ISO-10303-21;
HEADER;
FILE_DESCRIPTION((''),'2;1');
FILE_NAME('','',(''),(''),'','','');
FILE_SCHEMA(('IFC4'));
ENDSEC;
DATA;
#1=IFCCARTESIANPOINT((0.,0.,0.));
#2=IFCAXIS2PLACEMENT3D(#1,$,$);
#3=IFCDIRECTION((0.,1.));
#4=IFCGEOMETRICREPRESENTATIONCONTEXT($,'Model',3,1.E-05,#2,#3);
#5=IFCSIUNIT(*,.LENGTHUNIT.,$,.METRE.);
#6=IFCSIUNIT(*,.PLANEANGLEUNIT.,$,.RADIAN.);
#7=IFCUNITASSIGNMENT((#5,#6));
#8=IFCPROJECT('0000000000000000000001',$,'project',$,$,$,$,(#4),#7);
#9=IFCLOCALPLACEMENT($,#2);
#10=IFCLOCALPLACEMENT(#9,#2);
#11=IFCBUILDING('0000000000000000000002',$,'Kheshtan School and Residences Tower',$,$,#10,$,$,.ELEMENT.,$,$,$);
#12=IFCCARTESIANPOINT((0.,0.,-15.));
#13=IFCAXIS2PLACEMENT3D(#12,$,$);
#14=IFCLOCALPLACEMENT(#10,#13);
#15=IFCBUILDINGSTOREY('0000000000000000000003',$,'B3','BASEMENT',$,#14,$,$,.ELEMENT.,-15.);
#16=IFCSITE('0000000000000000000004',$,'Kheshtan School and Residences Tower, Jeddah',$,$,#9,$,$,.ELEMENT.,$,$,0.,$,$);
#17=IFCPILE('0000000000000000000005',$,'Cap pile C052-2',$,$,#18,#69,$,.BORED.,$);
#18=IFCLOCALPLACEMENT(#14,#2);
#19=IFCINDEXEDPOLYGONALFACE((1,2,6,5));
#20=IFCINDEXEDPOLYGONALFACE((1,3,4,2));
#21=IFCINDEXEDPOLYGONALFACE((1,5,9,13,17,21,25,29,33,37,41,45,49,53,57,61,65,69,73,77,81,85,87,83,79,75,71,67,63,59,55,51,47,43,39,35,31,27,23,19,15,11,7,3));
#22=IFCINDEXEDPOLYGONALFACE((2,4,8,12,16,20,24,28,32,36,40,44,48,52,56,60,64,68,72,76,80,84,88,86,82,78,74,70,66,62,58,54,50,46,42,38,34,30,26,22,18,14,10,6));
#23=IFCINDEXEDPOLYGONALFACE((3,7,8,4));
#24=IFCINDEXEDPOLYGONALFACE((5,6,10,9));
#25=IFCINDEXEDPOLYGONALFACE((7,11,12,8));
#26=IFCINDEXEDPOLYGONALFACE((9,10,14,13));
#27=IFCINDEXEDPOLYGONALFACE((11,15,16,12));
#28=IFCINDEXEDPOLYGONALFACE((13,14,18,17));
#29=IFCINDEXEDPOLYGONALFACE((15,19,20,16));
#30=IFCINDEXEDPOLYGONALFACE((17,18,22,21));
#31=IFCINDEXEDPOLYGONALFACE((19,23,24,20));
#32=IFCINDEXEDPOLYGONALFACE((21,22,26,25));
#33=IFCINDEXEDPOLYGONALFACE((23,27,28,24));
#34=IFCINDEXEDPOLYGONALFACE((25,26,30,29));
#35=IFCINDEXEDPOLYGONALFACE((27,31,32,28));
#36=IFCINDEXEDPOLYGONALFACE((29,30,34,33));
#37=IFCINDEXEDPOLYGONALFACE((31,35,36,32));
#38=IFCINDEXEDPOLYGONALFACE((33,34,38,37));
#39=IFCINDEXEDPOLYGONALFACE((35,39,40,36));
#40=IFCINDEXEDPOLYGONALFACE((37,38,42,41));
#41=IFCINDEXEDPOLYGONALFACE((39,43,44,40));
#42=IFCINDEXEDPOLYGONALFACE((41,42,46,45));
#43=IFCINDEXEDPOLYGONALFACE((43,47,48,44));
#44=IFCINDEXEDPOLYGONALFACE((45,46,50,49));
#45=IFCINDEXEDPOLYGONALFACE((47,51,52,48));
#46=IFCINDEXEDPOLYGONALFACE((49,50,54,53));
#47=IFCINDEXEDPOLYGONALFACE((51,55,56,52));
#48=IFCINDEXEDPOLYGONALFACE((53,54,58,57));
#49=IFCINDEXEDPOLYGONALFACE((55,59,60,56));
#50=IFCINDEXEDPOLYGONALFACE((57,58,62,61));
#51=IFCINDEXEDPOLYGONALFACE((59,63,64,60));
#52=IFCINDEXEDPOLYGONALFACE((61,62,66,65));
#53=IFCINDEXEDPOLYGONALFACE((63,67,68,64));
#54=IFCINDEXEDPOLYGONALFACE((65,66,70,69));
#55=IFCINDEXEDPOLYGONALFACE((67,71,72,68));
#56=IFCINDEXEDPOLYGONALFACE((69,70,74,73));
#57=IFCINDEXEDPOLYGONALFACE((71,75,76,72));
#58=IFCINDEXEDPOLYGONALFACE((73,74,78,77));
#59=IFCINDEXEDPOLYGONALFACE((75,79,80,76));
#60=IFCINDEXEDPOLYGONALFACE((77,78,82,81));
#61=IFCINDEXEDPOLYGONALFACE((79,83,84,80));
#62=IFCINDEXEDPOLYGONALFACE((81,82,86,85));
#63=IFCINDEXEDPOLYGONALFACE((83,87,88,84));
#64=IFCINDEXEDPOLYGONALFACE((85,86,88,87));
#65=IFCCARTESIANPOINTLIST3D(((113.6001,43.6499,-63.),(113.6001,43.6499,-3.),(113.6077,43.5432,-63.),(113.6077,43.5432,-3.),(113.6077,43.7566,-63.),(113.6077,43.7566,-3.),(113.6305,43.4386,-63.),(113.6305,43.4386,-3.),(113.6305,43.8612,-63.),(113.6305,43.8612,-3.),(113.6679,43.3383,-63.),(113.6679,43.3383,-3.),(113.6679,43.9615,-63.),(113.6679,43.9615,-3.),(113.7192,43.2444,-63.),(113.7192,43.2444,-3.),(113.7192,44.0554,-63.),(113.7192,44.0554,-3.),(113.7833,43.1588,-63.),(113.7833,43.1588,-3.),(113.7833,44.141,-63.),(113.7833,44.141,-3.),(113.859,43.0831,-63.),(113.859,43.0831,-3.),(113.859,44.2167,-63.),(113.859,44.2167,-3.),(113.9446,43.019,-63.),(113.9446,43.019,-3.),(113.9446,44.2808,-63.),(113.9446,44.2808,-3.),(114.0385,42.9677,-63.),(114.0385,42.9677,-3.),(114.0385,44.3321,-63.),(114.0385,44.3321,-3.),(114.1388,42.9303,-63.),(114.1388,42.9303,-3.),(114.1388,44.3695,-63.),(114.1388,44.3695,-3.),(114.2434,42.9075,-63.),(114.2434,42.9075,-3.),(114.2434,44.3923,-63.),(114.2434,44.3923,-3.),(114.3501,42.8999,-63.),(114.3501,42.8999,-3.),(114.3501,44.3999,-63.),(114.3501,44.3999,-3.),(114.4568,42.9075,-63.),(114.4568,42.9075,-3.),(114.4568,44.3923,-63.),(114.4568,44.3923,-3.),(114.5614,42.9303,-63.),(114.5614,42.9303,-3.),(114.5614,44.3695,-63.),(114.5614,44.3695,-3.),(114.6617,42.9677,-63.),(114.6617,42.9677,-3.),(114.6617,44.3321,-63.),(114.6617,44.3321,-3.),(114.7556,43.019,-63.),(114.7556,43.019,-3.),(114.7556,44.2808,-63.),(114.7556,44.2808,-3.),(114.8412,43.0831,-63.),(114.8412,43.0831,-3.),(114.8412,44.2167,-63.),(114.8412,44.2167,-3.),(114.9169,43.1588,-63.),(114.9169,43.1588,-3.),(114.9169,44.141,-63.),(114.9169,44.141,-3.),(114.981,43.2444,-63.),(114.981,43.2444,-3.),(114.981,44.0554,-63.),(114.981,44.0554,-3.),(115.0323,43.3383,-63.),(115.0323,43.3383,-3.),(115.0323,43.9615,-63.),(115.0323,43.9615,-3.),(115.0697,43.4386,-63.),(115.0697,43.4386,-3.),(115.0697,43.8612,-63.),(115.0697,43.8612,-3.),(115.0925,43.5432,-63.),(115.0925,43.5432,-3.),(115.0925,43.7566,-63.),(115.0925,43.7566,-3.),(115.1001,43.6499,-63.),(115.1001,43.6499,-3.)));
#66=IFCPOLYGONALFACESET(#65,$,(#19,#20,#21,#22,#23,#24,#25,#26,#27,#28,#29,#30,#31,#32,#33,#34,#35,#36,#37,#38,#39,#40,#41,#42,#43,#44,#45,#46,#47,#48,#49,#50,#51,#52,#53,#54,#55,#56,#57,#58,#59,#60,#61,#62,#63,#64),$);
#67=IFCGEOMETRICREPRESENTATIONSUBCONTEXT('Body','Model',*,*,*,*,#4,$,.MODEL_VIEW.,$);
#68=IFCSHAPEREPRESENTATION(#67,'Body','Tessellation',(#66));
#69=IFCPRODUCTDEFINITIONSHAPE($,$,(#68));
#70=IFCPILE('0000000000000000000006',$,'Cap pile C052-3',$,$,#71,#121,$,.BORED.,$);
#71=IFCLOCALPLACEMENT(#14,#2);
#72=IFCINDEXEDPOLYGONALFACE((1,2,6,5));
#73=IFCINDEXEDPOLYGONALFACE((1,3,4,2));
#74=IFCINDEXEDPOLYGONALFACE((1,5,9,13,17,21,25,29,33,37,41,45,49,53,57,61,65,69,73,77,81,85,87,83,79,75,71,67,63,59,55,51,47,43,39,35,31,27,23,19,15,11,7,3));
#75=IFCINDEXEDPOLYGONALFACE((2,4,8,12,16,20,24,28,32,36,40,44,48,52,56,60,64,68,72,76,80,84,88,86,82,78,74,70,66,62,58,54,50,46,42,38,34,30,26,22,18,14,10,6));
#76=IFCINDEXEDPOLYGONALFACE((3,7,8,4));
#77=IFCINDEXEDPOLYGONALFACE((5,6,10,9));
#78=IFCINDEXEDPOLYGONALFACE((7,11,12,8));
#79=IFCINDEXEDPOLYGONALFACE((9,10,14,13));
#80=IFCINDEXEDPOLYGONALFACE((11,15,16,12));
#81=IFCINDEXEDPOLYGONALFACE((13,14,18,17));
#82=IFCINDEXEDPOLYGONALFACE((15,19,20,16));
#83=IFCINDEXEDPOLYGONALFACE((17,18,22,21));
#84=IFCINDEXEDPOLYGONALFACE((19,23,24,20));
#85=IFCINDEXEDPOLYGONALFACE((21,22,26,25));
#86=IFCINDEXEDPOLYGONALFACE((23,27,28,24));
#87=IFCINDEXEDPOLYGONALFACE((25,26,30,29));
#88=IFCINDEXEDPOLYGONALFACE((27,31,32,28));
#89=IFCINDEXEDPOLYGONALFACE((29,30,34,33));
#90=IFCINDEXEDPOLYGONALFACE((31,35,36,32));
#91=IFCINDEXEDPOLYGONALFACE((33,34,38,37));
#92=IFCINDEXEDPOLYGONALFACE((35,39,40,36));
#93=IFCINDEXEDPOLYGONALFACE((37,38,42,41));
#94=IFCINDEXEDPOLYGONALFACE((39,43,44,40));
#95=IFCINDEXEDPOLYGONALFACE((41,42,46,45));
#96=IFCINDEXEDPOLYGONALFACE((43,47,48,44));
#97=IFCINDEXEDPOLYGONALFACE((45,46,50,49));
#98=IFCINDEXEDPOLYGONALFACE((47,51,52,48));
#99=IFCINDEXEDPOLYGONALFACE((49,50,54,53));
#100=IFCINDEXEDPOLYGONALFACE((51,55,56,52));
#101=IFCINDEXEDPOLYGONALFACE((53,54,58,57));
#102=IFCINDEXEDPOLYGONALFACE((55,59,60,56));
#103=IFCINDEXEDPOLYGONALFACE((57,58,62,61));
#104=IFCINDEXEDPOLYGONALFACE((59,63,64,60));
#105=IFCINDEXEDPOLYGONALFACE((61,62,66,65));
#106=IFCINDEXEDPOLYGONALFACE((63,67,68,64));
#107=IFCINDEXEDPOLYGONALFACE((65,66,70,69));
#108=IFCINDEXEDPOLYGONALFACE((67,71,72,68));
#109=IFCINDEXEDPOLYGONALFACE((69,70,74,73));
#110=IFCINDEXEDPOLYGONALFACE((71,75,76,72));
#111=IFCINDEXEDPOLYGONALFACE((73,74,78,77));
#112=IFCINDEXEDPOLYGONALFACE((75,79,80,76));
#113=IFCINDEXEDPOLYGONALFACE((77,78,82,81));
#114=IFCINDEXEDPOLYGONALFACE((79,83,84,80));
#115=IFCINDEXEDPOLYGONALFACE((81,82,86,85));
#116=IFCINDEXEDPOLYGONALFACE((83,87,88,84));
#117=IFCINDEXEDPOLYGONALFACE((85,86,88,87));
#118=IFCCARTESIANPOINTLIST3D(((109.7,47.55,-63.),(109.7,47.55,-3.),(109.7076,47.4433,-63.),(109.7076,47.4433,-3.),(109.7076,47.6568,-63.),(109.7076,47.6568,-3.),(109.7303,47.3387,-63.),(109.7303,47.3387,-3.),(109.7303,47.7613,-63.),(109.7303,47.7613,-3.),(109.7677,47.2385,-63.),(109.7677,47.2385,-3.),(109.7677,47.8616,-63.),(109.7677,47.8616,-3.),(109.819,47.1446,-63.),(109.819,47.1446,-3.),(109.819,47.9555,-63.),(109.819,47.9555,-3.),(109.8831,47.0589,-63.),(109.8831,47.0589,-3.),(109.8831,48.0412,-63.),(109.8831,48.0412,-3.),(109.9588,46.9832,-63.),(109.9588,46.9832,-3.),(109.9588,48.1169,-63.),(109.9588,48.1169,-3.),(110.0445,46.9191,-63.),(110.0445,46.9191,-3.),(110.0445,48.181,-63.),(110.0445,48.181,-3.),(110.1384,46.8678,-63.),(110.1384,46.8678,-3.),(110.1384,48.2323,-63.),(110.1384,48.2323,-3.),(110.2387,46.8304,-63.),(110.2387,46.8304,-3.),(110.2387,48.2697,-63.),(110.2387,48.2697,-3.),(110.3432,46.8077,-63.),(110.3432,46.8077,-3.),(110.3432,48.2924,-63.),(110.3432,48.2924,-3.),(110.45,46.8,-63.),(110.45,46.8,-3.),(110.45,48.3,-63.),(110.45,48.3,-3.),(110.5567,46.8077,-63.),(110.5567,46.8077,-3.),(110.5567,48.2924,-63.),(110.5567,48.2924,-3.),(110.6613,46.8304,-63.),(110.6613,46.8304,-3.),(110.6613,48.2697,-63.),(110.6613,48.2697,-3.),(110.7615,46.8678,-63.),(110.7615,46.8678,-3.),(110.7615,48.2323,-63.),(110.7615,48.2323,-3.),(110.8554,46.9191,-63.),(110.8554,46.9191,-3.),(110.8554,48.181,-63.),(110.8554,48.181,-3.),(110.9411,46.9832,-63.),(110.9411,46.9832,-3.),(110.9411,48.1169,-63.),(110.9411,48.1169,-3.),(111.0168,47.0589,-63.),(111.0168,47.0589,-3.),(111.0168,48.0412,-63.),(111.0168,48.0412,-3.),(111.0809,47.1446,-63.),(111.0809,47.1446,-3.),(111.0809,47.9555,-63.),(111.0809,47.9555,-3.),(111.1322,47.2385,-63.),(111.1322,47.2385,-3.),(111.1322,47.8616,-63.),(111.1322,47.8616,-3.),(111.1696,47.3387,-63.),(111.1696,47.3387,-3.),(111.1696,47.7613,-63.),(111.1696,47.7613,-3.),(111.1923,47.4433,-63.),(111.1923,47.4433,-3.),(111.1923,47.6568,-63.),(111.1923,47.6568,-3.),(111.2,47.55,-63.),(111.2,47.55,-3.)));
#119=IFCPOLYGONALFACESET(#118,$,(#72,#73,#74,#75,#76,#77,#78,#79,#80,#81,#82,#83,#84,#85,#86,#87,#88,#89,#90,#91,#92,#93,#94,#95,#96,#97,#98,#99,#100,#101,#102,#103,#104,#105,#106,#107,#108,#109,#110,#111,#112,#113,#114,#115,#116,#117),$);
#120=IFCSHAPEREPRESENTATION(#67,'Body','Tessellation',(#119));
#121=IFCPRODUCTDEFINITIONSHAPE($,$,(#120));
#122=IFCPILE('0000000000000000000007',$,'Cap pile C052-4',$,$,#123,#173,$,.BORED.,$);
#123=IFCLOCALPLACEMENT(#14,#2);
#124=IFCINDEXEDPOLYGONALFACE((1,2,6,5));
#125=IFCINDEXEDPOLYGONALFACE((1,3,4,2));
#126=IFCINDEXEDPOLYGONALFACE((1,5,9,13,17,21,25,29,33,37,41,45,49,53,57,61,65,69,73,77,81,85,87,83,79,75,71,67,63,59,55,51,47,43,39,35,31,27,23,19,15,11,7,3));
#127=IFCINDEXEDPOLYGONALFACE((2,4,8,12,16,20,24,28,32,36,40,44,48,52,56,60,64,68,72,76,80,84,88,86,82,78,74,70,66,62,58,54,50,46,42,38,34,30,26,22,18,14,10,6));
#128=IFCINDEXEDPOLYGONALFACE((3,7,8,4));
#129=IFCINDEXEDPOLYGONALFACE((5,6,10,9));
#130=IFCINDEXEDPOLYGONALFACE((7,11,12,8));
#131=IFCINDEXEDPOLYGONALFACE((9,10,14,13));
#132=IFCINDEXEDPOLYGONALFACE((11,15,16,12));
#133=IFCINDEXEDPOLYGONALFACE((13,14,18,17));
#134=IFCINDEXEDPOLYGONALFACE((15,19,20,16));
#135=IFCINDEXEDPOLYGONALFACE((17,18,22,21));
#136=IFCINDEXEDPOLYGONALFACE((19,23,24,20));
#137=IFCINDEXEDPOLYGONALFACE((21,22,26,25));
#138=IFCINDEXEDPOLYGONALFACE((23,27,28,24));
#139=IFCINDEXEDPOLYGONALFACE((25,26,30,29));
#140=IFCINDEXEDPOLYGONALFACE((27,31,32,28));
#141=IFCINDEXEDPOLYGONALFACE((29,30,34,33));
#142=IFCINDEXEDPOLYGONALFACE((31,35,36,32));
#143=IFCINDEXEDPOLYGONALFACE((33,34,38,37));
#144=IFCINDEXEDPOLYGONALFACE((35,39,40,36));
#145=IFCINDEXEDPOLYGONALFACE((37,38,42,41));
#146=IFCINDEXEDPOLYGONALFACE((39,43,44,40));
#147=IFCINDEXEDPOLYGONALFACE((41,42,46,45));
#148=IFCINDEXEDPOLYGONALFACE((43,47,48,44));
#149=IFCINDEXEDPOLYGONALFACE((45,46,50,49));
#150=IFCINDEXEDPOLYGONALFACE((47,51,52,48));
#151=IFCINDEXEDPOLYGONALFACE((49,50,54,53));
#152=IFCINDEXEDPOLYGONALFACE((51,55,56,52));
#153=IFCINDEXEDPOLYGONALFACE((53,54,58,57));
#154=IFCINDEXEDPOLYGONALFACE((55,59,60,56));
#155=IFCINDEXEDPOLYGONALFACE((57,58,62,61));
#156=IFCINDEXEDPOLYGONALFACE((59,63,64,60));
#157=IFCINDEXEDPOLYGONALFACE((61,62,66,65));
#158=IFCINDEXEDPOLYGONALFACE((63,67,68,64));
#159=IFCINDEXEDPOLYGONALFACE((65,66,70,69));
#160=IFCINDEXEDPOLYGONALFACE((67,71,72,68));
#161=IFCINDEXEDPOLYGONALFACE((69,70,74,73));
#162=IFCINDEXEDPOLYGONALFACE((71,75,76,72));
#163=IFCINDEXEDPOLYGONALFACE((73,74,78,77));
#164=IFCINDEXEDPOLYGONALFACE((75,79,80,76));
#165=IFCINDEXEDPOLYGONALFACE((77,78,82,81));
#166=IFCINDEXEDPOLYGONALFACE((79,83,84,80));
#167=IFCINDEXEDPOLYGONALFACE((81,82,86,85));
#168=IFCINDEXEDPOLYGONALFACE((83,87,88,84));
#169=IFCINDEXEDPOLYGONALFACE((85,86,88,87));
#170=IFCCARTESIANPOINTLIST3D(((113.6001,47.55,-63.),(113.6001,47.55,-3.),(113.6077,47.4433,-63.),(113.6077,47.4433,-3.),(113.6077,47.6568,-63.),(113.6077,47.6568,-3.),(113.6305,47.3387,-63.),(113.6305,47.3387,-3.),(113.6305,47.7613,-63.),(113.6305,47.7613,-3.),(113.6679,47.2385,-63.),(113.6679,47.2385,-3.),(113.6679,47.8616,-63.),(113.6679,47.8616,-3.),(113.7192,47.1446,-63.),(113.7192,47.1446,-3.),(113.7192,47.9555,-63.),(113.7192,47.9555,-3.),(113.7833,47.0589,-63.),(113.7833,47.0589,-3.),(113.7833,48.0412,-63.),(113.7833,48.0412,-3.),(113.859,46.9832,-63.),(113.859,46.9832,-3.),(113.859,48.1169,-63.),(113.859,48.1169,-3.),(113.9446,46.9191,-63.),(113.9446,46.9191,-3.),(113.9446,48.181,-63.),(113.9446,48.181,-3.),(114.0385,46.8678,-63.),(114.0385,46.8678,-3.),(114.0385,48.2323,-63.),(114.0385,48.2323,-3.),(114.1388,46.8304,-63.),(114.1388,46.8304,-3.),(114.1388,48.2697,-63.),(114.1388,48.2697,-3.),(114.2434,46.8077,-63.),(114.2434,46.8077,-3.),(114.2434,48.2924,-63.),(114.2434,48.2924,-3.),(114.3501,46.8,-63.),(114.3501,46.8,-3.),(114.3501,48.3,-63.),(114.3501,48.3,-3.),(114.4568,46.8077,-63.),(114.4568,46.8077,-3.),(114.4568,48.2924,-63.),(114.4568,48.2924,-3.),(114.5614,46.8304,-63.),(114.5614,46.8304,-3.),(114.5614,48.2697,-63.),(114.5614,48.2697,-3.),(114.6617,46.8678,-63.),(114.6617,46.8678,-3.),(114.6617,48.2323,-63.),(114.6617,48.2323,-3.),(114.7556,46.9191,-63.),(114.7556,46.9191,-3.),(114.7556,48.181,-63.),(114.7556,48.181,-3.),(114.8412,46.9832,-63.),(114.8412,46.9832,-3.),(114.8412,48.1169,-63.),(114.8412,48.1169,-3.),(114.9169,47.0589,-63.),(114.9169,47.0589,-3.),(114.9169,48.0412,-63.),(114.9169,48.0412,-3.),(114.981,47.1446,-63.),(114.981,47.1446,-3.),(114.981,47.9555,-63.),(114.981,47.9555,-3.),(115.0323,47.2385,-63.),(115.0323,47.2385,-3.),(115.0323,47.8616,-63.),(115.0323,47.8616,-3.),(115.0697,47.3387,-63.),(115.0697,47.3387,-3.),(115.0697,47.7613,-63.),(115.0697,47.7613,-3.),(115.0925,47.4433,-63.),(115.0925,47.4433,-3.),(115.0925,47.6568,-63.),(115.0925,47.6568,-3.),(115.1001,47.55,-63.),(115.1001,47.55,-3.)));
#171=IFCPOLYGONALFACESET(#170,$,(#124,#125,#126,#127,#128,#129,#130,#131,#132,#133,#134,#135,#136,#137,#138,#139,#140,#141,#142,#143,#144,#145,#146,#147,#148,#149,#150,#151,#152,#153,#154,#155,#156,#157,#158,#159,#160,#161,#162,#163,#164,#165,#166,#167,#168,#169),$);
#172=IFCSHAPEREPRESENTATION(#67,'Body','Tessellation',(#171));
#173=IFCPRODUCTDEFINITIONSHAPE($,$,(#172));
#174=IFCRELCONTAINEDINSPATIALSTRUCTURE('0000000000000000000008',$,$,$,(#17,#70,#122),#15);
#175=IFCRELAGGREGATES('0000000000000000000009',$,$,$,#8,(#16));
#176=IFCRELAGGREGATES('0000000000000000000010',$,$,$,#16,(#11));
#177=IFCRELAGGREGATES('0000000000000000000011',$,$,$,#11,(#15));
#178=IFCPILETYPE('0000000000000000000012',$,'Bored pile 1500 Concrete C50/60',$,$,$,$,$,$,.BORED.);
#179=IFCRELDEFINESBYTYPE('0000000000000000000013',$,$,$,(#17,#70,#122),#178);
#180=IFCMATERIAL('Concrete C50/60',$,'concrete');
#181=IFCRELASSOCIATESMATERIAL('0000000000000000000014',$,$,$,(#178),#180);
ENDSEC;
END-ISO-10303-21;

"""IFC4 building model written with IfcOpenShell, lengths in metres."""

from ifc_helpers import new_model, si_unit, direction, frame, origin, origin_2d, place, context, subcontext, project, spatial, circle, extrude, material, material_profile, profile_set, type_object, element, save


model = new_model("IFC4")

# Units and contexts
model_context = context("Model", 3, precision=1e-05, world=origin(), true_north=direction((0.0, 1.0)))
body_context = subcontext(model_context, "Body", "Model", "MODEL_VIEW")
ifc_project = project(units=[si_unit("LENGTHUNIT", "METRE"), si_unit("PLANEANGLEUNIT", "RADIAN")], contexts=[model_context])

# Site, building, storey
site_placement = place(None, origin())
site = spatial("IfcSite", under=ifc_project, at=site_placement, Name="Kheshtan School and Residences Tower, Jeddah", CompositionType="ELEMENT", RefElevation=0.0)
building_placement = place(site_placement, origin())
building = spatial("IfcBuilding", under=site, at=building_placement, Name="Kheshtan School and Residences Tower", CompositionType="ELEMENT")
storey_placement = place(building_placement, frame((0.0, 0.0, -15.0)))
storey = spatial("IfcBuildingStorey", under=building, at=storey_placement, Name="B3", Description="BASEMENT", CompositionType="ELEMENT", Elevation=-15.0)

# Piles
ifc_material_1 = material(Name="Concrete C50/60", Category="concrete")
ifc_material_profile_1 = material_profile(ifc_material_1, circle(Radius=0.75, at=origin_2d()), Name="BP 1500")
ifc_profile_set_1 = profile_set([ifc_material_profile_1], Name="Concrete C50/60")
pile_type_1 = type_object("IfcPileType", Name="Bored pile 1500 Concrete C50/60", PredefinedType="BORED", material=ifc_profile_set_1)
for number, where, z_axis, x_axis, name in (
    (1, (114.3501, 43.6499, -3.0), (0.0, 0.0, -1.0), (1.0, 0.0, 0.0), "Cap pile C052-2"),
    (2, (110.45, 47.55, -3.0), (0.0, 0.0, -1.0), (1.0, 0.0, 0.0), "Cap pile C052-3"),
    (3, (114.3501, 47.55, -3.0), (0.0, 0.0, -1.0), (1.0, 0.0, 0.0), "Cap pile C052-4"),
):
    element("IfcPile", number, at=place(storey_placement, frame(where, z_axis=z_axis, x_axis=x_axis)), inside=storey, type_object=pile_type_1, Name=name, PredefinedType="BORED", context=body_context, shape_type="SweptSolid", body=[
        extrude(circle(Radius=0.75, at=origin_2d()), origin(), (0.0, 0.0, 1.0), 60.0),
    ])

save(model, "model.ifc")
